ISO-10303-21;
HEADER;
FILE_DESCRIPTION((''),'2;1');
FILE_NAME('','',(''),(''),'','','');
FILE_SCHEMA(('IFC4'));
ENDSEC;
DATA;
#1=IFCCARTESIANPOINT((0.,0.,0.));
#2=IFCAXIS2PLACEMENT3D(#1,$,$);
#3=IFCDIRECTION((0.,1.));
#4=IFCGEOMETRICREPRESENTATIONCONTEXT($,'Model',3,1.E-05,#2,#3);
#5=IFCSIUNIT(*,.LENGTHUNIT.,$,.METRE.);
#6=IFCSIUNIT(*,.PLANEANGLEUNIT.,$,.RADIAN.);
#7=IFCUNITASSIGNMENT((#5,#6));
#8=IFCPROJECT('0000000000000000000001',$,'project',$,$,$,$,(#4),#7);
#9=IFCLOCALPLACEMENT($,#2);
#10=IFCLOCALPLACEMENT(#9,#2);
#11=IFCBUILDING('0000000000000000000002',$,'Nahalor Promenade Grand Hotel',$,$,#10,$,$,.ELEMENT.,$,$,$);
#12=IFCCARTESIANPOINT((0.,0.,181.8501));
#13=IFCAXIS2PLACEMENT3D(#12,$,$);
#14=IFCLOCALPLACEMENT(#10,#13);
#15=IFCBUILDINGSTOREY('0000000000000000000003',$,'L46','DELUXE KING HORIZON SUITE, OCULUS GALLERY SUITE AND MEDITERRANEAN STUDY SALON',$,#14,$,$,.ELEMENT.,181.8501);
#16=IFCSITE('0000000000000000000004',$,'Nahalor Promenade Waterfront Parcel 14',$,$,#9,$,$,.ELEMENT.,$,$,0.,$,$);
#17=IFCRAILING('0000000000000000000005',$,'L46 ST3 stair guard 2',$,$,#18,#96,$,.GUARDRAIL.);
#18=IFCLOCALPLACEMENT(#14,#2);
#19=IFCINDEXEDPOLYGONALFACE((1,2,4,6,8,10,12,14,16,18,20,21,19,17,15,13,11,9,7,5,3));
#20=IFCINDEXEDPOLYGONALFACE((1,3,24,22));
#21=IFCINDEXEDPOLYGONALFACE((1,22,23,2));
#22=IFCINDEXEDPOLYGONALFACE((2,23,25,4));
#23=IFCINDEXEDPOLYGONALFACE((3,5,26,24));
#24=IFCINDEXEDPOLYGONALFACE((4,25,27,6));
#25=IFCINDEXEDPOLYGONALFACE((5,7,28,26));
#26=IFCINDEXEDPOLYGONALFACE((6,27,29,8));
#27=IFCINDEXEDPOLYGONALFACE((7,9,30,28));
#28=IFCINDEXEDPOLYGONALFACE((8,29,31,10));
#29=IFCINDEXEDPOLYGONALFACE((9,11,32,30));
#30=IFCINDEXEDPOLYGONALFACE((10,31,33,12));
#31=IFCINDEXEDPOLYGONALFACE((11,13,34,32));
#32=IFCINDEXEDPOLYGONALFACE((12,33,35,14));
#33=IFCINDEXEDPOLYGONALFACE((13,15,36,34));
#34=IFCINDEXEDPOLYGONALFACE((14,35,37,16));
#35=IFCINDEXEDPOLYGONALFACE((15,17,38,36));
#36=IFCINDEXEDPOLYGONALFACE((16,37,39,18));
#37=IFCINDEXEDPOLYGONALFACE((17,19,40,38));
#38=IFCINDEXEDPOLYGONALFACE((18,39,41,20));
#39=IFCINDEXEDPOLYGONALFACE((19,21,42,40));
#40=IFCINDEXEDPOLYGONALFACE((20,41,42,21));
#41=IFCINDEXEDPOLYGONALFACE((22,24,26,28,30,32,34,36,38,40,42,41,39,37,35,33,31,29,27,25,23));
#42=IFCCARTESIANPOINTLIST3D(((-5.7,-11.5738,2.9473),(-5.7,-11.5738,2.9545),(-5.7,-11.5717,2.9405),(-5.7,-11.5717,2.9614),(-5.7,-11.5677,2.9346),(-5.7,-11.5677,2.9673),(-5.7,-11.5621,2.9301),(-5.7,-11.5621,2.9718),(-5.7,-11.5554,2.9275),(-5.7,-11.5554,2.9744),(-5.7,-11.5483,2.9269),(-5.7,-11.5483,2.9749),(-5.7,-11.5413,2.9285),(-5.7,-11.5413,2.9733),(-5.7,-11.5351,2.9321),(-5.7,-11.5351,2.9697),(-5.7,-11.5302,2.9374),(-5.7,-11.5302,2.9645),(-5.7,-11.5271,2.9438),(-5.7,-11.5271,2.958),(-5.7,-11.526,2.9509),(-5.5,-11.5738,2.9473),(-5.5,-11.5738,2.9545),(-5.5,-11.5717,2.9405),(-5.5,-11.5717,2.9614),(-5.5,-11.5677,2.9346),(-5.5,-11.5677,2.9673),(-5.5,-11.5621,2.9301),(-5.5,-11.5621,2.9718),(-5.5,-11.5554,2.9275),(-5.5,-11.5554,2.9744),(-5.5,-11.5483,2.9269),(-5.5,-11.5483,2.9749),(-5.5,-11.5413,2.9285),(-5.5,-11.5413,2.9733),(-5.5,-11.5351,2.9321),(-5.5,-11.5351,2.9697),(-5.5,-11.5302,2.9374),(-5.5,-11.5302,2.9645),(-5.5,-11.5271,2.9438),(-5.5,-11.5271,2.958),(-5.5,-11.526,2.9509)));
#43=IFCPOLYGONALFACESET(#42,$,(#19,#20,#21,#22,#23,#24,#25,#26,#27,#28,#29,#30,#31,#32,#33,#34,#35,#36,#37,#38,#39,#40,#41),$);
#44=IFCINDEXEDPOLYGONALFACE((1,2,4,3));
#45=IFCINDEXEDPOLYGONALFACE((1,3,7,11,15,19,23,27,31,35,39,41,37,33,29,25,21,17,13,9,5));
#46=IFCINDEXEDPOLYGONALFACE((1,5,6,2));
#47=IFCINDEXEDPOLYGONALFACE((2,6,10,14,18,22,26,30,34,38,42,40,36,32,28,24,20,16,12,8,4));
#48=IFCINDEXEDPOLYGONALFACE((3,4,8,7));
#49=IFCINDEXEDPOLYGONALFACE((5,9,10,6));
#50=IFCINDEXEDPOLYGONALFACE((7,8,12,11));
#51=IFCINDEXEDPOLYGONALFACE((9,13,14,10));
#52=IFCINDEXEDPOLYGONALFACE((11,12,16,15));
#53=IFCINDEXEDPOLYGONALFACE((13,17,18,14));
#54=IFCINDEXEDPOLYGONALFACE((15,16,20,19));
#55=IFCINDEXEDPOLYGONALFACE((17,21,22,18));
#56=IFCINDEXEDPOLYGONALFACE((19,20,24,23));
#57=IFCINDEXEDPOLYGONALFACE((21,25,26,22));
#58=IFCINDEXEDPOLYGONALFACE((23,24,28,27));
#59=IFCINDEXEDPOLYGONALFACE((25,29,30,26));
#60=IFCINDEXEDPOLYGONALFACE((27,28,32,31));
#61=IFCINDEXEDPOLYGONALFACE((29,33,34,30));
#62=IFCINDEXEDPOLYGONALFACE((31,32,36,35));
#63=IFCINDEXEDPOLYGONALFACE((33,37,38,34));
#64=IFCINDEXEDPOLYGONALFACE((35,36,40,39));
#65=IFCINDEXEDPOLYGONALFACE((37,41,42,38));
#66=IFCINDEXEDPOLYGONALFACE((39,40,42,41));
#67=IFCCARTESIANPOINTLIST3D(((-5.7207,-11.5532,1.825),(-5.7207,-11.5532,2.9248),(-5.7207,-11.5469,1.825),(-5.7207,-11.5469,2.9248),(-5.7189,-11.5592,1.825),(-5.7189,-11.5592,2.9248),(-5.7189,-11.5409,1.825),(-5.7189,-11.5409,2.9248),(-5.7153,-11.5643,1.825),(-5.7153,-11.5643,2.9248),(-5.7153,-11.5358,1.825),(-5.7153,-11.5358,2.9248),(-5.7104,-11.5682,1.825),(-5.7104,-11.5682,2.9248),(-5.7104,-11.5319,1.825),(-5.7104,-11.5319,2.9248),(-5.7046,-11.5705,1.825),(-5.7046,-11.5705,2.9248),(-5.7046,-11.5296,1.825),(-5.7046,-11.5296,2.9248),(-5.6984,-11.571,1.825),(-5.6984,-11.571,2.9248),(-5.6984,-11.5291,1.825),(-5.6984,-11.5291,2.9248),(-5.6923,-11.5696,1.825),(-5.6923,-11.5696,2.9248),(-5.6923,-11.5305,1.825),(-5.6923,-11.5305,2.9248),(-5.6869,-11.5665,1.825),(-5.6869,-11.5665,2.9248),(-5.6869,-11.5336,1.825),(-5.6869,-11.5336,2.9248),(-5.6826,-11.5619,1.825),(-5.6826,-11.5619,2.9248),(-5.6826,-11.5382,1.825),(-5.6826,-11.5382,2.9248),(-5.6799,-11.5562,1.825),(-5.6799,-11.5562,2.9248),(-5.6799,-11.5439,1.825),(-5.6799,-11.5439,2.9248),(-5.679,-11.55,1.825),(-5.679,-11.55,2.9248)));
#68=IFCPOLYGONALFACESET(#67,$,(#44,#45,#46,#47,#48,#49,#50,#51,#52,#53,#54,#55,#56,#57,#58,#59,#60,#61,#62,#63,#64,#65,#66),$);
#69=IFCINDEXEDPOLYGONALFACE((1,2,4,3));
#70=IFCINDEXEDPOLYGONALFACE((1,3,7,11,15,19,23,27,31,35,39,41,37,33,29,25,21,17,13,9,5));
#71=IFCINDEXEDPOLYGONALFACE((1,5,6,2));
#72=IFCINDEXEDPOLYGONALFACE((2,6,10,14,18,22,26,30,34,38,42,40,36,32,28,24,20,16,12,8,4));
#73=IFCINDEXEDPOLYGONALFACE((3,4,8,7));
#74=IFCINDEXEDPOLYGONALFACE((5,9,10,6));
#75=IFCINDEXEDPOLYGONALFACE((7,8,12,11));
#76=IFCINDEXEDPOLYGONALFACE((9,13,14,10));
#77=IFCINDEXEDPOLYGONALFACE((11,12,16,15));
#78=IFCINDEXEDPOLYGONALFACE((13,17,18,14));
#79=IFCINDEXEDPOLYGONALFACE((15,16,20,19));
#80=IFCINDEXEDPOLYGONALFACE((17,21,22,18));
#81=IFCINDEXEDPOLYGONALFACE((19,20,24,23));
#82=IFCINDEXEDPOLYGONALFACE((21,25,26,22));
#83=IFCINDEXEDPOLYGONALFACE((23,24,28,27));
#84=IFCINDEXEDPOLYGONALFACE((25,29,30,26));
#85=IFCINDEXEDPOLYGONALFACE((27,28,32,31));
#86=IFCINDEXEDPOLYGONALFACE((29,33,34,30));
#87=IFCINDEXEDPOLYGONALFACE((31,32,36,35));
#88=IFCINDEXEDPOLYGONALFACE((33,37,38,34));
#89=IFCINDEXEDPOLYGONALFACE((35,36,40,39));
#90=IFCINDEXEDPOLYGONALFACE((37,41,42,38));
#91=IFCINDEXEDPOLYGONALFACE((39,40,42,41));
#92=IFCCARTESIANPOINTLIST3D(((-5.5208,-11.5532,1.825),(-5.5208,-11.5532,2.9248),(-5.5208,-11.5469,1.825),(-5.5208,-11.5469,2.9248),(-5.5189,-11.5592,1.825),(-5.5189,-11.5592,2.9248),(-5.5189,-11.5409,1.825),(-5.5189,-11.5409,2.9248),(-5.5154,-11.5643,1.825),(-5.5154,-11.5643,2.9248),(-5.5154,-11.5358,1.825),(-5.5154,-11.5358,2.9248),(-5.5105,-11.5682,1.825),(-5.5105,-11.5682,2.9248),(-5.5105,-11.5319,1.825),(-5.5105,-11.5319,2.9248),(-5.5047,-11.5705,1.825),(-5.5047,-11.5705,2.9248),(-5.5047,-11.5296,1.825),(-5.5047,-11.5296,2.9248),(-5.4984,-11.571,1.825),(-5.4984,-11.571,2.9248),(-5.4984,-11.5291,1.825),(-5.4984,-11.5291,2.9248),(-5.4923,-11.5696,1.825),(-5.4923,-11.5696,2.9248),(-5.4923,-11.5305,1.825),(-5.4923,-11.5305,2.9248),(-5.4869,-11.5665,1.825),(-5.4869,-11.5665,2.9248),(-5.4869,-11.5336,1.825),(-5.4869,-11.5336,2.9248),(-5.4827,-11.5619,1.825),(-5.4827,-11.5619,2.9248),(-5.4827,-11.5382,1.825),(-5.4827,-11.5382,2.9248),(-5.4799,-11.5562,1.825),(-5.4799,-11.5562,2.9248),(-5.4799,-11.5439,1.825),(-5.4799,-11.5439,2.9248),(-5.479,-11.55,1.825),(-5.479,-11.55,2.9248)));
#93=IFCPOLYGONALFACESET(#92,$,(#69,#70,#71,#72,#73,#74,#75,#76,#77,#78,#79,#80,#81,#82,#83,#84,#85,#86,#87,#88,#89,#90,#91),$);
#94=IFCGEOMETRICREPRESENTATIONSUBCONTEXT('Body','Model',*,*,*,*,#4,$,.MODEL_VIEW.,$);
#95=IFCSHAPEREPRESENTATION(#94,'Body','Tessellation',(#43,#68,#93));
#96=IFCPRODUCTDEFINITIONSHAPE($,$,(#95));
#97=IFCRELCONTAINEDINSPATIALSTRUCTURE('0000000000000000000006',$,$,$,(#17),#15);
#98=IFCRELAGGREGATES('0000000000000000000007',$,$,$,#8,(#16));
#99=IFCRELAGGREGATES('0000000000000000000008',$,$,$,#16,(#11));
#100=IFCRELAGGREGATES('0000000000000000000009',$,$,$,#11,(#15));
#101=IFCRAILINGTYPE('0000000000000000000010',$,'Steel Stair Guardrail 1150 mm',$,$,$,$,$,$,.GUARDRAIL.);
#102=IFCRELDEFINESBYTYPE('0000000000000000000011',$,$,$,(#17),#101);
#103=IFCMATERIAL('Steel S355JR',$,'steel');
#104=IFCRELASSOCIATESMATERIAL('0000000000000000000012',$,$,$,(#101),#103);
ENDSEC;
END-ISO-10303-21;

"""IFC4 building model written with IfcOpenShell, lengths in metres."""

from ifc_helpers import new_model, si_unit, direction, frame, origin, origin_2d, place, context, subcontext, project, spatial, circle, extrude, material, type_object, element, save


model = new_model("IFC4")

# Units and contexts
model_context = context("Model", 3, precision=1e-05, world=origin(), true_north=direction((0.0, 1.0)))
body_context = subcontext(model_context, "Body", "Model", "MODEL_VIEW")
ifc_project = project(units=[si_unit("LENGTHUNIT", "METRE"), si_unit("PLANEANGLEUNIT", "RADIAN")], contexts=[model_context])

# Site, building, storey
site_placement = place(None, origin())
site = spatial("IfcSite", under=ifc_project, at=site_placement, Name="Nahalor Promenade Waterfront Parcel 14", CompositionType="ELEMENT", RefElevation=0.0)
building_placement = place(site_placement, origin())
building = spatial("IfcBuilding", under=site, at=building_placement, Name="Nahalor Promenade Grand Hotel", CompositionType="ELEMENT")
storey_placement = place(building_placement, frame((0.0, 0.0, 181.8501)))
storey = spatial("IfcBuildingStorey", under=building, at=storey_placement, Name="L46", Description="DELUXE KING HORIZON SUITE, OCULUS GALLERY SUITE AND MEDITERRANEAN STUDY SALON", CompositionType="ELEMENT", Elevation=181.8501)

# Shared definitions
ifc_material_1 = material(Name="Steel S355JR", Category="steel")

# Railing
railing_type_1 = type_object("IfcRailingType", Name="Steel Stair Guardrail 1150 mm", PredefinedType="GUARDRAIL", material=ifc_material_1)
railing_1_placement = place(storey_placement, frame((-5.7, -11.55, 1.825)))
element("IfcRailing", 1, at=railing_1_placement, inside=storey, type_object=railing_type_1, Name="L46 ST3 stair guard 2", PredefinedType="GUARDRAIL", context=body_context, shape_type="SweptSolid", body=[
    extrude(circle(Radius=0.024, at=origin_2d()), frame((0.0, 0.0, 1.126), z_axis=(1.0, 0.0, 0.0), x_axis=(0.0, 1.0, 0.0)), (0.0, 0.0, 1.0), 0.2),
    extrude(circle(Radius=0.021, at=origin_2d()), origin(), (0.0, 0.0, 1.0), 1.0999),
    extrude(circle(Radius=0.021, at=origin_2d()), frame((0.2, 0.0, 0.0)), (0.0, 0.0, 1.0), 1.0999),
])

save(model, "model.ifc")
